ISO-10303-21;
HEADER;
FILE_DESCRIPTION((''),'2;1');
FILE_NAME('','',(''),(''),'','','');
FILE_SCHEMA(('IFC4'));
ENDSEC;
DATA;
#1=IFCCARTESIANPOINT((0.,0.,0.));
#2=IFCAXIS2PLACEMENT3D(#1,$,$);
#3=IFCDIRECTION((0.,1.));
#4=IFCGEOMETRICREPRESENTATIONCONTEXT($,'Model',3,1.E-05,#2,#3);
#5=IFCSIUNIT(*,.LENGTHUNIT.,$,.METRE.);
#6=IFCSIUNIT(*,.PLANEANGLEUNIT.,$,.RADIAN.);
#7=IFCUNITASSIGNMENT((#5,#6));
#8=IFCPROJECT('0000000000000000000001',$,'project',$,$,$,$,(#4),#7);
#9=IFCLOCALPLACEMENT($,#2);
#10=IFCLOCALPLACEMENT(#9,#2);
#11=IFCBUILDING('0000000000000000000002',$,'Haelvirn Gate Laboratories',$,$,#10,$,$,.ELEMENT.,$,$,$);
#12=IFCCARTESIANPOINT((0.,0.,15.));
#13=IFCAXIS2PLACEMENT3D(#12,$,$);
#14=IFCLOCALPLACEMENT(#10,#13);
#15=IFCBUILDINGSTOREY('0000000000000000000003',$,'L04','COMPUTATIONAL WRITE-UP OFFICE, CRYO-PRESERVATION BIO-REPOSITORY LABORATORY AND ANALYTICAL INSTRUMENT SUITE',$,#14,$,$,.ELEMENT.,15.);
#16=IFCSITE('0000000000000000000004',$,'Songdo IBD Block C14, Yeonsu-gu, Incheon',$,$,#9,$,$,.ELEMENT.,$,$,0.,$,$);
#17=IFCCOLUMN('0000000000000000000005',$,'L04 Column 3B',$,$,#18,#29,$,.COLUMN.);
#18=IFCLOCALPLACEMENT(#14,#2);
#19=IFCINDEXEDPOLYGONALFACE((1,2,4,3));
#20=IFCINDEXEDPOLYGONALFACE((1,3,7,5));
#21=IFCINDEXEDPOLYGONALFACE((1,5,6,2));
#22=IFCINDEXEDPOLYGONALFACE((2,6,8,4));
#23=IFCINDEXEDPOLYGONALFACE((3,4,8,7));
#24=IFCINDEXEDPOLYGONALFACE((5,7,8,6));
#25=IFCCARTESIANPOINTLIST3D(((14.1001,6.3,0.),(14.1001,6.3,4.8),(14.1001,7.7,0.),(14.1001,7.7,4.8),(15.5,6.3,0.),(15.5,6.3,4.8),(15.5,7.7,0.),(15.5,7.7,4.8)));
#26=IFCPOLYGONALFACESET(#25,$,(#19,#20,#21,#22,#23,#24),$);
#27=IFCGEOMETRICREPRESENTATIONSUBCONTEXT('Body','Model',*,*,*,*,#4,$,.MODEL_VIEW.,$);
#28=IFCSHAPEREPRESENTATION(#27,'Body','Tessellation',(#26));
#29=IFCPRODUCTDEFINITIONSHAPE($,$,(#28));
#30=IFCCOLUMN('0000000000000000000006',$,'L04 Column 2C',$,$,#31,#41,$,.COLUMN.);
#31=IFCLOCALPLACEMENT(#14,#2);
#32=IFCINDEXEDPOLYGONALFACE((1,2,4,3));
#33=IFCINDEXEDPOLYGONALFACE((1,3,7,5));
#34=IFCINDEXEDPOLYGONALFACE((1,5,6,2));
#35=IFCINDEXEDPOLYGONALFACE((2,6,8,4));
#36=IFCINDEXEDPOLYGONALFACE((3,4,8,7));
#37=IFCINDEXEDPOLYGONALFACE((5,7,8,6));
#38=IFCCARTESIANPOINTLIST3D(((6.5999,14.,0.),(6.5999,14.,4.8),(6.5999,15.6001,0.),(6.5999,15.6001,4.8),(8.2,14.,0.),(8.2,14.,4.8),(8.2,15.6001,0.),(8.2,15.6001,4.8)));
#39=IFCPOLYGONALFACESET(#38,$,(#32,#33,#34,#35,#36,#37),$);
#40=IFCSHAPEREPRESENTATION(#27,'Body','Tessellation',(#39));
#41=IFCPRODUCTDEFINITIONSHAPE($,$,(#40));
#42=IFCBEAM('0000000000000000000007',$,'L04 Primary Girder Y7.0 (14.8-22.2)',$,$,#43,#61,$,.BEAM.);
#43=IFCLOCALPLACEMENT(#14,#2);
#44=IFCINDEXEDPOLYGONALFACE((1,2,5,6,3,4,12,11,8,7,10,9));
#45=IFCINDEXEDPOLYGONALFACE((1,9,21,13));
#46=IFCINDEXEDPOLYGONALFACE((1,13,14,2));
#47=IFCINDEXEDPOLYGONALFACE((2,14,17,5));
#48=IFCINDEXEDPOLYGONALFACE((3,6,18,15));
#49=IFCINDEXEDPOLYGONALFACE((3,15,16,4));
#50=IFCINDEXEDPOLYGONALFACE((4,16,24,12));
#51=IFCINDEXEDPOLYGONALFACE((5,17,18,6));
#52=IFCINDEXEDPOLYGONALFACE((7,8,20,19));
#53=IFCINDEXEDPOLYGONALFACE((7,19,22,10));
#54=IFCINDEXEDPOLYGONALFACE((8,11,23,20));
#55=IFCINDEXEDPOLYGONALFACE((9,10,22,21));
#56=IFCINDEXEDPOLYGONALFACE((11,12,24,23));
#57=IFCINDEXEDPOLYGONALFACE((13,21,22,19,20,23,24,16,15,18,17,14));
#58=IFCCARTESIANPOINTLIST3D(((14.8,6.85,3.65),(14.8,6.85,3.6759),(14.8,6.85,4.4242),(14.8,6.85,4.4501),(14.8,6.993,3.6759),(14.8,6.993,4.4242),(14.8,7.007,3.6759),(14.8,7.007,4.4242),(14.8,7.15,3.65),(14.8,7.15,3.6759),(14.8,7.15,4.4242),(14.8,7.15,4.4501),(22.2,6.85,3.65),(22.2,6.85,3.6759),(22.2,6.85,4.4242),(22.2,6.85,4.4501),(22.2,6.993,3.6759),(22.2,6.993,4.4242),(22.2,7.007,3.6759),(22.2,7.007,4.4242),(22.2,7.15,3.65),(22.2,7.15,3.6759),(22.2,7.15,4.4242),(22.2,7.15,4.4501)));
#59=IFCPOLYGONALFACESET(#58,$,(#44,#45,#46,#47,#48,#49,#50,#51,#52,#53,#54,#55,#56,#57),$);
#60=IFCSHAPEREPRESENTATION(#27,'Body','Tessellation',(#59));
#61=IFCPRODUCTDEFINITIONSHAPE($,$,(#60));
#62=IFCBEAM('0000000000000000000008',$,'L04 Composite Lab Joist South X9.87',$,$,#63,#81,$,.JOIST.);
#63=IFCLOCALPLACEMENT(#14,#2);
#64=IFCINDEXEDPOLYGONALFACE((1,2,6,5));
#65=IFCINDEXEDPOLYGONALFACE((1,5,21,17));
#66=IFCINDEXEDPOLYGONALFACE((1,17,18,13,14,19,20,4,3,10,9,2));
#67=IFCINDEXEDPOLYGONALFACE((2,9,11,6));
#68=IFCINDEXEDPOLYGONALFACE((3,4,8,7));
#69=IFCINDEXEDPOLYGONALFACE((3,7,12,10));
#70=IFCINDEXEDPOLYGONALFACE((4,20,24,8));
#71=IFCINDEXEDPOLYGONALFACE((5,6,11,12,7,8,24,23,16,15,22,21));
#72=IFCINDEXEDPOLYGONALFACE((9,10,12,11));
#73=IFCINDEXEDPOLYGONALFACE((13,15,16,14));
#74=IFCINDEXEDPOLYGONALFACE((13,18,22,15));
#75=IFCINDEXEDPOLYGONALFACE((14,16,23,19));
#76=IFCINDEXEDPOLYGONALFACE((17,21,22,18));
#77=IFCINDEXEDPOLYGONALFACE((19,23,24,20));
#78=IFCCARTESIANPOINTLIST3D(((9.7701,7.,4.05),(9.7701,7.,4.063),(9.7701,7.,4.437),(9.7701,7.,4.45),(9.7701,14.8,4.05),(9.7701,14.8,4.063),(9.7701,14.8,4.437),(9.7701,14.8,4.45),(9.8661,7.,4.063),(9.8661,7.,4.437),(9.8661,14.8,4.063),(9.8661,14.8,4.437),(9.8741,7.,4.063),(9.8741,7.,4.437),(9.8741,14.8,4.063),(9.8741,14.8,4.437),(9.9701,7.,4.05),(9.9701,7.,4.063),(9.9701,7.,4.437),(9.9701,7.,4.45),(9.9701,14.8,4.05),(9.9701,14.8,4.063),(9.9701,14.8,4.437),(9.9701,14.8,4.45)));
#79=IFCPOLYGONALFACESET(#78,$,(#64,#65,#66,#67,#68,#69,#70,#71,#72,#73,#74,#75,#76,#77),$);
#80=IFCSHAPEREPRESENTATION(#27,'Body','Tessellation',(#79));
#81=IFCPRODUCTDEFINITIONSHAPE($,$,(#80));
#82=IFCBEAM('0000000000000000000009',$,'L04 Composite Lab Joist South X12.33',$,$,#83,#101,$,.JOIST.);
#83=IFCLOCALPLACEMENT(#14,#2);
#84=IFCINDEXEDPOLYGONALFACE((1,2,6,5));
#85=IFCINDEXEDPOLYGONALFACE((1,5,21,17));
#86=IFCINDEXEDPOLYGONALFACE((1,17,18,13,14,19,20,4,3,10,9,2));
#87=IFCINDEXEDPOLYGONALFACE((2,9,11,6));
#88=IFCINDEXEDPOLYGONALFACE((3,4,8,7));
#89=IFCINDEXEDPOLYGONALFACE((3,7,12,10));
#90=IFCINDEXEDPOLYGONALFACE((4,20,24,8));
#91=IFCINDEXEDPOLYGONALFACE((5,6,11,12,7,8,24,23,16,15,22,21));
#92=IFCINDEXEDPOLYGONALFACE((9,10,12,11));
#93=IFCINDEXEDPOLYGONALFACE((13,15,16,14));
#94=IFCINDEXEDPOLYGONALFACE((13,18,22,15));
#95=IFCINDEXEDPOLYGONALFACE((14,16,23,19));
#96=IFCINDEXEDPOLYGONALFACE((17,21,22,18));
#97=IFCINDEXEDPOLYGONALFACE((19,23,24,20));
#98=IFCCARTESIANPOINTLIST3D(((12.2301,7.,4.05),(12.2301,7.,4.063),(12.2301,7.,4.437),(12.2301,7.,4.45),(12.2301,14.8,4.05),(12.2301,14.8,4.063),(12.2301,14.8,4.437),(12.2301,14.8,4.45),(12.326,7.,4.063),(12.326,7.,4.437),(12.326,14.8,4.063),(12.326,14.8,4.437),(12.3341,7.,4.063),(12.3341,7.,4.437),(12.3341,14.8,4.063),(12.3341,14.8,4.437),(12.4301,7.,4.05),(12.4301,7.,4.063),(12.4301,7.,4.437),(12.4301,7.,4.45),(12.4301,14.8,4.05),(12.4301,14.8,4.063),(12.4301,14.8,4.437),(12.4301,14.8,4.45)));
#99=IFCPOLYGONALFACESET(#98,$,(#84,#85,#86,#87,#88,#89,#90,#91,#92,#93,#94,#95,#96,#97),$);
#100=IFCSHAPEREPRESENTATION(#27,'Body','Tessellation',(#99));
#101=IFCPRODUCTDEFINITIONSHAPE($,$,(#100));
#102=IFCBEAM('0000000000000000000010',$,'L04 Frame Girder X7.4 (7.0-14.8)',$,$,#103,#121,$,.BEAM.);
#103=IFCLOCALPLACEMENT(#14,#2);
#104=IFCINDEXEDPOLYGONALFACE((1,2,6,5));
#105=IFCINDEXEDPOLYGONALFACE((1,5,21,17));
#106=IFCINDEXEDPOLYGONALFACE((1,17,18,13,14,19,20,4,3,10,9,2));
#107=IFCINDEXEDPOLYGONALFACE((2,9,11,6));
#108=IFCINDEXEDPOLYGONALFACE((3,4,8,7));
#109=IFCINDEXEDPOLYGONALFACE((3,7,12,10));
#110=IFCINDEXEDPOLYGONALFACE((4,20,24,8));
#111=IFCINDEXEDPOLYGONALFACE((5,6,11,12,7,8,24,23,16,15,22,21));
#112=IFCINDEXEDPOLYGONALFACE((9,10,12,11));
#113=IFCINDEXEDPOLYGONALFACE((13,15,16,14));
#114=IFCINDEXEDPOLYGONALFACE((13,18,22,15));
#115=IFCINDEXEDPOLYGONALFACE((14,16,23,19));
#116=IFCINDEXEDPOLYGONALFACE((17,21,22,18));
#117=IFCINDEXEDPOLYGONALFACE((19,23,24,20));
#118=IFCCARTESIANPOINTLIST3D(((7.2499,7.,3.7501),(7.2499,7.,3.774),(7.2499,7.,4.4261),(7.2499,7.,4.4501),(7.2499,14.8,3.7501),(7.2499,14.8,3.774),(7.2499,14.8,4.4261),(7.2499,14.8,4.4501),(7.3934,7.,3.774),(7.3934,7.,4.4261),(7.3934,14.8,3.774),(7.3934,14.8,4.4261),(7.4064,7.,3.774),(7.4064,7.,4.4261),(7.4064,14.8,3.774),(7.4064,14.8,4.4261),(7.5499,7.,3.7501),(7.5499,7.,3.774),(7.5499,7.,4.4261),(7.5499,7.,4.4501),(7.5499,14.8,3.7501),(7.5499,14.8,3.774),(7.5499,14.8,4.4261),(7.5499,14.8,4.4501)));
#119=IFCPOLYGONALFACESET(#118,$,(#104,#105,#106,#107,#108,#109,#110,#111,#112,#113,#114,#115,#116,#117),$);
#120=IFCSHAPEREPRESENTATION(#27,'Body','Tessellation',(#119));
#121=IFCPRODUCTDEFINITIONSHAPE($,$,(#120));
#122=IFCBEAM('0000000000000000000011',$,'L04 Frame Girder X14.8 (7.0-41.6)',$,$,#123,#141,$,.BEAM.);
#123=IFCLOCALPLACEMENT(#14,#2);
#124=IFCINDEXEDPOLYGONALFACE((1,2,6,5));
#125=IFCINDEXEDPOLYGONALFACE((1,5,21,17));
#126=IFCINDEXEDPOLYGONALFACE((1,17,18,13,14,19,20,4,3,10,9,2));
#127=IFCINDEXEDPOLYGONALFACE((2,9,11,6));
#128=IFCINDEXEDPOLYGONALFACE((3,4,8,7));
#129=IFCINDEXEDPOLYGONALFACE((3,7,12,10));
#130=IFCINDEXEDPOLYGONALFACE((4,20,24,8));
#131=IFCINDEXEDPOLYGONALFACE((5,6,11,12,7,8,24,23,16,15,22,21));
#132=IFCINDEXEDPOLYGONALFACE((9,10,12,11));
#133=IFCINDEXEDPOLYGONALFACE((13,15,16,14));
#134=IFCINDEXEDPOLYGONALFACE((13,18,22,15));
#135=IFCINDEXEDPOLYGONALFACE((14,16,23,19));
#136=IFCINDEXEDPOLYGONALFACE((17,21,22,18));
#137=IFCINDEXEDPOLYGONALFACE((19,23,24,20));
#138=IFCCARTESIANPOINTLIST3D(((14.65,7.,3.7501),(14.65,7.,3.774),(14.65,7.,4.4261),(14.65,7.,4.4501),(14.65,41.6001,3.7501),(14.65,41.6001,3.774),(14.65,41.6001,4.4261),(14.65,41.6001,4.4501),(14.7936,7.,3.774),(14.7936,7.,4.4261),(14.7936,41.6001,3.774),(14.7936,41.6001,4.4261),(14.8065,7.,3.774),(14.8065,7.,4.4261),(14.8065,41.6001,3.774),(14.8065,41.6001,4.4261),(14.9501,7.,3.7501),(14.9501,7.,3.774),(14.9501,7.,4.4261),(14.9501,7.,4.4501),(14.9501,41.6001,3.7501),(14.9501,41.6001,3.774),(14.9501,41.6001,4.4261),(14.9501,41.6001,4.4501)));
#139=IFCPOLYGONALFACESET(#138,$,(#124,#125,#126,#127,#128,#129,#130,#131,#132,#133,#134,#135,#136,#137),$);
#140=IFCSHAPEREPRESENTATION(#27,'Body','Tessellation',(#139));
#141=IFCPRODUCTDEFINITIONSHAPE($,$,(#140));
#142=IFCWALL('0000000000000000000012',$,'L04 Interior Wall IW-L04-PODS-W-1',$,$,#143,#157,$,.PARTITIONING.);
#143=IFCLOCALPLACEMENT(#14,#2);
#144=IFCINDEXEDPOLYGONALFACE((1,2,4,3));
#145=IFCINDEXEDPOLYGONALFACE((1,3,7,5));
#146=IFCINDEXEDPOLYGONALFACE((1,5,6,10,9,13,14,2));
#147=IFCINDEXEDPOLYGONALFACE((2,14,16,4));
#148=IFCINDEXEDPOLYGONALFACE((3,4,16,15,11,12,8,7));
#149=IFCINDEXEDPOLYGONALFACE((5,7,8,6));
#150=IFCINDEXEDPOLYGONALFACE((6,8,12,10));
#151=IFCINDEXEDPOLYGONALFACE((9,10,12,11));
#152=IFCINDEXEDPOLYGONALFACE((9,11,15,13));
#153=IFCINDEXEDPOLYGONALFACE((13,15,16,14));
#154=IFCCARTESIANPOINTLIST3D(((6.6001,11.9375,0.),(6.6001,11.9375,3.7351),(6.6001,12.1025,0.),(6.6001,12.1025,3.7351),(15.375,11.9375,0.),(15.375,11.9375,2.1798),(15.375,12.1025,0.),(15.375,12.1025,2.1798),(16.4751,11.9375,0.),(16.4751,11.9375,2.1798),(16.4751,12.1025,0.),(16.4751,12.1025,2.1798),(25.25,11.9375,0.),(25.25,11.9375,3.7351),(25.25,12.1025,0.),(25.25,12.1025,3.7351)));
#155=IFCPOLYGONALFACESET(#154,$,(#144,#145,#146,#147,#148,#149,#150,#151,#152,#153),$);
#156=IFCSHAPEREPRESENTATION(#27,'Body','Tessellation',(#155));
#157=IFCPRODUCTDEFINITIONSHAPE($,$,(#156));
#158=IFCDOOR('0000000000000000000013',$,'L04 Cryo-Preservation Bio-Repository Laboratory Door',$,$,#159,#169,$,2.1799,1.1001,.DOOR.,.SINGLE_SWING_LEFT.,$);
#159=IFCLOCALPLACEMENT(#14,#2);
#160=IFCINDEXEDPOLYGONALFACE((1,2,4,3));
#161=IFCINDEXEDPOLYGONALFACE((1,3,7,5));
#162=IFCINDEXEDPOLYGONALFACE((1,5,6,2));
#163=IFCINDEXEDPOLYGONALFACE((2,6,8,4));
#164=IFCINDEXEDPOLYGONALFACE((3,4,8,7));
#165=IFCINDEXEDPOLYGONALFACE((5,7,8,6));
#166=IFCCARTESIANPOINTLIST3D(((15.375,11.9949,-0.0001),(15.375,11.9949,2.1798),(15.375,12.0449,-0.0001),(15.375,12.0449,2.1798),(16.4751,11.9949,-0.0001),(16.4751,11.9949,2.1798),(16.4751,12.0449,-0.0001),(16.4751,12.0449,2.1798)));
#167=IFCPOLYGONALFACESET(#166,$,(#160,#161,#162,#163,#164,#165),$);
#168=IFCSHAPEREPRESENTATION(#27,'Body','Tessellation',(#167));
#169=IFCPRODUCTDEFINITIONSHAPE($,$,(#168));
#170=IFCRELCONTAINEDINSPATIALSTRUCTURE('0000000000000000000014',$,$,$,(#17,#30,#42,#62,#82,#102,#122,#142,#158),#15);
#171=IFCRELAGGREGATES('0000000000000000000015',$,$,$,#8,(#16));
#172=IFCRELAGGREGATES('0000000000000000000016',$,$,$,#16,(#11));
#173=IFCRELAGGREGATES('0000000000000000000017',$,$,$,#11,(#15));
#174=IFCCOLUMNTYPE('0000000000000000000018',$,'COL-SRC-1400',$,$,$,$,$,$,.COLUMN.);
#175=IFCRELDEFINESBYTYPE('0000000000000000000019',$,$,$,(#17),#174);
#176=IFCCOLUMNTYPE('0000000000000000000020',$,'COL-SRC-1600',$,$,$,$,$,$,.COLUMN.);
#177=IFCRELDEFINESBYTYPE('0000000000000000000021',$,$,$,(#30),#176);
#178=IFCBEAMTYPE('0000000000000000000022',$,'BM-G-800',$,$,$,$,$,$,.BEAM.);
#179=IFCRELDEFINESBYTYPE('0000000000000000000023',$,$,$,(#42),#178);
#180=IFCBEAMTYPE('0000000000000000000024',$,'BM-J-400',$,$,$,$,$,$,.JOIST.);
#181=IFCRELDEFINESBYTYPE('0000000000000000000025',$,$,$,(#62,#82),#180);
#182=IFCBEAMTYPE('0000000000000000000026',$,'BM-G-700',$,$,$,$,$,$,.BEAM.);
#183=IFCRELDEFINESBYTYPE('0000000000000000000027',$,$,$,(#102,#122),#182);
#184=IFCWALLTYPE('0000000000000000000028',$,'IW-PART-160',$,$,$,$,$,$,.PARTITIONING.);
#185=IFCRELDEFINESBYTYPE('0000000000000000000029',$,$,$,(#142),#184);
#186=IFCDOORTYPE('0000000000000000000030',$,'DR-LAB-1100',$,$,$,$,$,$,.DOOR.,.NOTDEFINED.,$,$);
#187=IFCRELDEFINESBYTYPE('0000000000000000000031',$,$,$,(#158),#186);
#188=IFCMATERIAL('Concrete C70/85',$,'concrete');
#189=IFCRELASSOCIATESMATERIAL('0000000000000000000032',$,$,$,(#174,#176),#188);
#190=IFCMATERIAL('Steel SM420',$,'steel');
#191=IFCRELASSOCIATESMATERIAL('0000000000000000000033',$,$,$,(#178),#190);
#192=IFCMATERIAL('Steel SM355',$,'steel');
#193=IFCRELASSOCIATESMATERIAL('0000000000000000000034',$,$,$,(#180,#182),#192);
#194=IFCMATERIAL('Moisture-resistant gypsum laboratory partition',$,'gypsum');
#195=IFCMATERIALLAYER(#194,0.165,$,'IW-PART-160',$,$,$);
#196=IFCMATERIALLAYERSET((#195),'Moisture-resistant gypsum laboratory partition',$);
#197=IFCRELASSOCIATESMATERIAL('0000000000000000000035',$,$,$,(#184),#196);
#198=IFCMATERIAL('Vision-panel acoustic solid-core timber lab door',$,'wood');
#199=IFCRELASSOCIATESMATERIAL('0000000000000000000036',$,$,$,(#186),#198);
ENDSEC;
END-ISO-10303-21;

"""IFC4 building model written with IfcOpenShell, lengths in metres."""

from ifc_helpers import new_model, si_unit, direction, frame, frame_2d, origin, origin_2d, place, context, subcontext, project, spatial, rectangle, i_section, extrude, source, transform, mapped, material, layer, layer_set, material_profile, profile_set, type_object, type_shapes, element, fill, save


model = new_model("IFC4")

# Units and contexts
model_context = context("Model", 3, precision=1e-05, world=origin(), true_north=direction((0.0, 1.0)))
body_context = subcontext(model_context, "Body", "Model", "MODEL_VIEW")
ifc_project = project(units=[si_unit("LENGTHUNIT", "METRE"), si_unit("PLANEANGLEUNIT", "RADIAN")], contexts=[model_context])

# Site, building, storey
site_placement = place(None, origin())
site = spatial("IfcSite", under=ifc_project, at=site_placement, Name="Songdo IBD Block C14, Yeonsu-gu, Incheon", CompositionType="ELEMENT", RefElevation=0.0)
building_placement = place(site_placement, origin())
building = spatial("IfcBuilding", under=site, at=building_placement, Name="Haelvirn Gate Laboratories", CompositionType="ELEMENT")
storey_placement = place(building_placement, frame((0.0, 0.0, 15.0)))
storey = spatial("IfcBuildingStorey", under=building, at=storey_placement, Name="L04", Description="COMPUTATIONAL WRITE-UP OFFICE, CRYO-PRESERVATION BIO-REPOSITORY LABORATORY AND ANALYTICAL INSTRUMENT SUITE", CompositionType="ELEMENT", Elevation=15.0)

# Columns
ifc_material_1 = material(Name="Concrete C70/85", Category="concrete")
ifc_material_profile_1 = material_profile(ifc_material_1, rectangle(XDim=1.3999, YDim=1.3999, at=origin_2d()), Name="SRC-1400x1400")
ifc_profile_set_1 = profile_set([ifc_material_profile_1], Name="Concrete C70/85")
column_type_1 = type_object("IfcColumnType", Name="COL-SRC-1400", PredefinedType="COLUMN", material=ifc_profile_set_1)
shared_shape_1 = source(origin(), body_context, "Body", "SweptSolid", [
    extrude(rectangle(XDim=1.3999, YDim=1.3999, at=origin_2d()), origin(), (0.0, 0.0, 1.0), 4.8),
])
type_shapes(column_type_1, [shared_shape_1])
column_1_placement = place(storey_placement, frame((14.8, 7.0, 0.0), z_axis=(0.0, 0.0, 1.0), x_axis=(1.0, 0.0, 0.0)))
element("IfcColumn", 1, at=column_1_placement, inside=storey, type_object=column_type_1, Name="L04 Column 3B", PredefinedType="COLUMN", context=body_context, shape_type="MappedRepresentation", body=[
    mapped(shared_shape_1, transform((0.0, 0.0, 0.0), scale=1.0)),
])
ifc_material_profile_2 = material_profile(ifc_material_1, rectangle(XDim=1.6001, YDim=1.6001, at=origin_2d()), Name="SRC-1600x1600")
ifc_profile_set_2 = profile_set([ifc_material_profile_2], Name="Concrete C70/85")
column_type_2 = type_object("IfcColumnType", Name="COL-SRC-1600", PredefinedType="COLUMN", material=ifc_profile_set_2)
shared_shape_2 = source(origin(), body_context, "Body", "SweptSolid", [
    extrude(rectangle(XDim=1.6001, YDim=1.6001, at=origin_2d()), origin(), (0.0, 0.0, 1.0), 4.8),
])
type_shapes(column_type_2, [shared_shape_2])
column_2_placement = place(storey_placement, frame((7.3999, 14.8, 0.0), z_axis=(0.0, 0.0, 1.0), x_axis=(1.0, 0.0, 0.0)))
element("IfcColumn", 2, at=column_2_placement, inside=storey, type_object=column_type_2, Name="L04 Column 2C", PredefinedType="COLUMN", context=body_context, shape_type="MappedRepresentation", body=[
    mapped(shared_shape_2, transform((0.0, 0.0, 0.0), scale=1.0)),
])

# Beams
ifc_material_2 = material(Name="Steel SM420", Category="steel")
ifc_material_profile_3 = material_profile(ifc_material_2, i_section(OverallWidth=0.3, OverallDepth=0.8, WebThickness=0.0139, FlangeThickness=0.0259, at=origin_2d()), Name="H-800x300x14x26")
ifc_profile_set_3 = profile_set([ifc_material_profile_3], Name="Steel SM420")
beam_type_1 = type_object("IfcBeamType", Name="BM-G-800", PredefinedType="BEAM", material=ifc_profile_set_3)
shared_shape_3 = source(origin(), body_context, "Body", "SweptSolid", [
    extrude(i_section(OverallWidth=0.3, OverallDepth=0.8, WebThickness=0.0139, FlangeThickness=0.0259, at=origin_2d()), origin(), (0.0, 0.0, 1.0), 7.3999),
])
type_shapes(beam_type_1, [shared_shape_3])
beam_1_placement = place(storey_placement, frame((14.8, 7.0, 4.05), z_axis=(1.0, 0.0, 0.0), x_axis=(0.0, 1.0, 0.0)))
element("IfcBeam", 3, at=beam_1_placement, inside=storey, type_object=beam_type_1, Name="L04 Primary Girder Y7.0 (14.8-22.2)", PredefinedType="BEAM", context=body_context, shape_type="MappedRepresentation", body=[
    mapped(shared_shape_3, transform((0.0, 0.0, 0.0), scale=1.0)),
])
ifc_material_3 = material(Name="Steel SM355", Category="steel")
ifc_material_profile_4 = material_profile(ifc_material_3, i_section(OverallWidth=0.2, OverallDepth=0.3999, WebThickness=0.0081, FlangeThickness=0.0129, at=origin_2d()), Name="H-400x200x8x13")
ifc_profile_set_4 = profile_set([ifc_material_profile_4], Name="Steel SM355")
beam_type_2 = type_object("IfcBeamType", Name="BM-J-400", PredefinedType="JOIST", material=ifc_profile_set_4)
shared_shape_4 = source(origin(), body_context, "Body", "SweptSolid", [
    extrude(i_section(OverallWidth=0.2, OverallDepth=0.3999, WebThickness=0.0081, FlangeThickness=0.0129, at=origin_2d()), origin(), (0.0, 0.0, 1.0), 7.8),
])
type_shapes(beam_type_2, [shared_shape_4])
for number, where, z_axis, x_axis, name in (
    (4, (9.8701, 7.0, 4.25), (0.0, 1.0, 0.0), (-1.0, 0.0, 0.0), "L04 Composite Lab Joist South X9.87"),
    (5, (12.3301, 7.0, 4.25), (0.0, 1.0, 0.0), (-1.0, 0.0, 0.0), "L04 Composite Lab Joist South X12.33"),
):
    element("IfcBeam", number, at=place(storey_placement, frame(where, z_axis=z_axis, x_axis=x_axis)), inside=storey, type_object=beam_type_2, Name=name, PredefinedType="JOIST", context=body_context, shape_type="MappedRepresentation", body=[
        mapped(shared_shape_4, transform((0.0, 0.0, 0.0), scale=1.0)),
    ])
ifc_material_profile_5 = material_profile(ifc_material_3, i_section(OverallWidth=0.3, OverallDepth=0.7, WebThickness=0.0129, FlangeThickness=0.0239, at=origin_2d()), Name="H-700x300x13x24")
ifc_profile_set_5 = profile_set([ifc_material_profile_5], Name="Steel SM355")
beam_type_3 = type_object("IfcBeamType", Name="BM-G-700", PredefinedType="BEAM", material=ifc_profile_set_5)
shared_shape_5 = source(origin(), body_context, "Body", "SweptSolid", [
    extrude(i_section(OverallWidth=0.3, OverallDepth=0.7, WebThickness=0.0129, FlangeThickness=0.0239, at=origin_2d()), origin(), (0.0, 0.0, 1.0), 7.8),
])
beam_2_placement = place(storey_placement, frame((7.3999, 7.0, 4.1001), z_axis=(0.0, 1.0, 0.0), x_axis=(-1.0, 0.0, 0.0)))
element("IfcBeam", 6, at=beam_2_placement, inside=storey, type_object=beam_type_3, Name="L04 Frame Girder X7.4 (7.0-14.8)", PredefinedType="BEAM", context=body_context, shape_type="MappedRepresentation", body=[
    mapped(shared_shape_5, transform((0.0, 0.0, 0.0), scale=1.0)),
])
shared_shape_6 = source(origin(), body_context, "Body", "SweptSolid", [
    extrude(i_section(OverallWidth=0.3, OverallDepth=0.7, WebThickness=0.0129, FlangeThickness=0.0239, at=origin_2d()), origin(), (0.0, 0.0, 1.0), 34.6001),
])
type_shapes(beam_type_3, [shared_shape_5, shared_shape_6])
beam_3_placement = place(storey_placement, frame((14.8, 7.0, 4.1001), z_axis=(0.0, 1.0, 0.0), x_axis=(-1.0, 0.0, 0.0)))
element("IfcBeam", 7, at=beam_3_placement, inside=storey, type_object=beam_type_3, Name="L04 Frame Girder X14.8 (7.0-41.6)", PredefinedType="BEAM", context=body_context, shape_type="MappedRepresentation", body=[
    mapped(shared_shape_6, transform((0.0, 0.0, 0.0), scale=1.0)),
])

# Wall, opening, door
ifc_material_4 = material(Name="Moisture-resistant gypsum laboratory partition", Category="gypsum")
ifc_layer_1 = layer(ifc_material_4, 0.165, Name="IW-PART-160")
ifc_layer_set_1 = layer_set([ifc_layer_1], Name="Moisture-resistant gypsum laboratory partition")
wall_type_1 = type_object("IfcWallType", Name="IW-PART-160", PredefinedType="PARTITIONING", material=ifc_layer_set_1)
wall_1_placement = place(storey_placement, frame((6.6001, 12.02, 0.0), z_axis=(0.0, 0.0, 1.0), x_axis=(1.0, 0.0, 0.0)))
wall_1 = element("IfcWall", 8, at=wall_1_placement, inside=storey, type_object=wall_type_1, Name="L04 Interior Wall IW-L04-PODS-W-1", PredefinedType="PARTITIONING", context=body_context, shape_type="SweptSolid", body=[
    extrude(rectangle(XDim=18.6499, YDim=0.165, at=frame_2d((9.325, 0.0))), origin(), (0.0, 0.0, 1.0), 3.7351),
])
opening_1_placement = place(wall_1_placement, frame((8.7749, 0.0, 0.0)))
opening_1 = element("IfcOpeningElement", 9, at=opening_1_placement, cuts=wall_1, PredefinedType="OPENING", context=body_context, shape_type="SweptSolid", body=[
    extrude(rectangle(XDim=1.1001, YDim=2.1799, at=frame_2d((0.55, 1.0898))), frame((0.0, 0.0925, 0.0), z_axis=(0.0, -1.0, 0.0), x_axis=(1.0, 0.0, 0.0)), (0.0, 0.0, 1.0), 0.1851),
])
ifc_material_5 = material(Name="Vision-panel acoustic solid-core timber lab door", Category="wood")
door_type_1 = type_object("IfcDoorType", Name="DR-LAB-1100", OperationType="NOTDEFINED", PredefinedType="DOOR", material=ifc_material_5)
shared_shape_7 = source(origin(), body_context, "Body", "SweptSolid", [
    extrude(rectangle(XDim=1.1001, YDim=2.1799, at=frame_2d((0.55, 1.0898))), frame((0.0, 0.0249, 0.0), z_axis=(0.0, -1.0, 0.0), x_axis=(1.0, 0.0, 0.0)), (0.0, 0.0, 1.0), 0.05),
])
type_shapes(door_type_1, [shared_shape_7])
door_1_placement = place(opening_1_placement, origin())
door_1 = element("IfcDoor", 10, at=door_1_placement, inside=storey, type_object=door_type_1, Name="L04 Cryo-Preservation Bio-Repository Laboratory Door", OperationType="SINGLE_SWING_LEFT", OverallHeight=2.1799, OverallWidth=1.1001, PredefinedType="DOOR", context=body_context, shape_type="MappedRepresentation", body=[
    mapped(shared_shape_7, transform((0.0, 0.0, 0.0), scale=1.0)),
])
fill(opening_1, door_1)

save(model, "model.ifc")
